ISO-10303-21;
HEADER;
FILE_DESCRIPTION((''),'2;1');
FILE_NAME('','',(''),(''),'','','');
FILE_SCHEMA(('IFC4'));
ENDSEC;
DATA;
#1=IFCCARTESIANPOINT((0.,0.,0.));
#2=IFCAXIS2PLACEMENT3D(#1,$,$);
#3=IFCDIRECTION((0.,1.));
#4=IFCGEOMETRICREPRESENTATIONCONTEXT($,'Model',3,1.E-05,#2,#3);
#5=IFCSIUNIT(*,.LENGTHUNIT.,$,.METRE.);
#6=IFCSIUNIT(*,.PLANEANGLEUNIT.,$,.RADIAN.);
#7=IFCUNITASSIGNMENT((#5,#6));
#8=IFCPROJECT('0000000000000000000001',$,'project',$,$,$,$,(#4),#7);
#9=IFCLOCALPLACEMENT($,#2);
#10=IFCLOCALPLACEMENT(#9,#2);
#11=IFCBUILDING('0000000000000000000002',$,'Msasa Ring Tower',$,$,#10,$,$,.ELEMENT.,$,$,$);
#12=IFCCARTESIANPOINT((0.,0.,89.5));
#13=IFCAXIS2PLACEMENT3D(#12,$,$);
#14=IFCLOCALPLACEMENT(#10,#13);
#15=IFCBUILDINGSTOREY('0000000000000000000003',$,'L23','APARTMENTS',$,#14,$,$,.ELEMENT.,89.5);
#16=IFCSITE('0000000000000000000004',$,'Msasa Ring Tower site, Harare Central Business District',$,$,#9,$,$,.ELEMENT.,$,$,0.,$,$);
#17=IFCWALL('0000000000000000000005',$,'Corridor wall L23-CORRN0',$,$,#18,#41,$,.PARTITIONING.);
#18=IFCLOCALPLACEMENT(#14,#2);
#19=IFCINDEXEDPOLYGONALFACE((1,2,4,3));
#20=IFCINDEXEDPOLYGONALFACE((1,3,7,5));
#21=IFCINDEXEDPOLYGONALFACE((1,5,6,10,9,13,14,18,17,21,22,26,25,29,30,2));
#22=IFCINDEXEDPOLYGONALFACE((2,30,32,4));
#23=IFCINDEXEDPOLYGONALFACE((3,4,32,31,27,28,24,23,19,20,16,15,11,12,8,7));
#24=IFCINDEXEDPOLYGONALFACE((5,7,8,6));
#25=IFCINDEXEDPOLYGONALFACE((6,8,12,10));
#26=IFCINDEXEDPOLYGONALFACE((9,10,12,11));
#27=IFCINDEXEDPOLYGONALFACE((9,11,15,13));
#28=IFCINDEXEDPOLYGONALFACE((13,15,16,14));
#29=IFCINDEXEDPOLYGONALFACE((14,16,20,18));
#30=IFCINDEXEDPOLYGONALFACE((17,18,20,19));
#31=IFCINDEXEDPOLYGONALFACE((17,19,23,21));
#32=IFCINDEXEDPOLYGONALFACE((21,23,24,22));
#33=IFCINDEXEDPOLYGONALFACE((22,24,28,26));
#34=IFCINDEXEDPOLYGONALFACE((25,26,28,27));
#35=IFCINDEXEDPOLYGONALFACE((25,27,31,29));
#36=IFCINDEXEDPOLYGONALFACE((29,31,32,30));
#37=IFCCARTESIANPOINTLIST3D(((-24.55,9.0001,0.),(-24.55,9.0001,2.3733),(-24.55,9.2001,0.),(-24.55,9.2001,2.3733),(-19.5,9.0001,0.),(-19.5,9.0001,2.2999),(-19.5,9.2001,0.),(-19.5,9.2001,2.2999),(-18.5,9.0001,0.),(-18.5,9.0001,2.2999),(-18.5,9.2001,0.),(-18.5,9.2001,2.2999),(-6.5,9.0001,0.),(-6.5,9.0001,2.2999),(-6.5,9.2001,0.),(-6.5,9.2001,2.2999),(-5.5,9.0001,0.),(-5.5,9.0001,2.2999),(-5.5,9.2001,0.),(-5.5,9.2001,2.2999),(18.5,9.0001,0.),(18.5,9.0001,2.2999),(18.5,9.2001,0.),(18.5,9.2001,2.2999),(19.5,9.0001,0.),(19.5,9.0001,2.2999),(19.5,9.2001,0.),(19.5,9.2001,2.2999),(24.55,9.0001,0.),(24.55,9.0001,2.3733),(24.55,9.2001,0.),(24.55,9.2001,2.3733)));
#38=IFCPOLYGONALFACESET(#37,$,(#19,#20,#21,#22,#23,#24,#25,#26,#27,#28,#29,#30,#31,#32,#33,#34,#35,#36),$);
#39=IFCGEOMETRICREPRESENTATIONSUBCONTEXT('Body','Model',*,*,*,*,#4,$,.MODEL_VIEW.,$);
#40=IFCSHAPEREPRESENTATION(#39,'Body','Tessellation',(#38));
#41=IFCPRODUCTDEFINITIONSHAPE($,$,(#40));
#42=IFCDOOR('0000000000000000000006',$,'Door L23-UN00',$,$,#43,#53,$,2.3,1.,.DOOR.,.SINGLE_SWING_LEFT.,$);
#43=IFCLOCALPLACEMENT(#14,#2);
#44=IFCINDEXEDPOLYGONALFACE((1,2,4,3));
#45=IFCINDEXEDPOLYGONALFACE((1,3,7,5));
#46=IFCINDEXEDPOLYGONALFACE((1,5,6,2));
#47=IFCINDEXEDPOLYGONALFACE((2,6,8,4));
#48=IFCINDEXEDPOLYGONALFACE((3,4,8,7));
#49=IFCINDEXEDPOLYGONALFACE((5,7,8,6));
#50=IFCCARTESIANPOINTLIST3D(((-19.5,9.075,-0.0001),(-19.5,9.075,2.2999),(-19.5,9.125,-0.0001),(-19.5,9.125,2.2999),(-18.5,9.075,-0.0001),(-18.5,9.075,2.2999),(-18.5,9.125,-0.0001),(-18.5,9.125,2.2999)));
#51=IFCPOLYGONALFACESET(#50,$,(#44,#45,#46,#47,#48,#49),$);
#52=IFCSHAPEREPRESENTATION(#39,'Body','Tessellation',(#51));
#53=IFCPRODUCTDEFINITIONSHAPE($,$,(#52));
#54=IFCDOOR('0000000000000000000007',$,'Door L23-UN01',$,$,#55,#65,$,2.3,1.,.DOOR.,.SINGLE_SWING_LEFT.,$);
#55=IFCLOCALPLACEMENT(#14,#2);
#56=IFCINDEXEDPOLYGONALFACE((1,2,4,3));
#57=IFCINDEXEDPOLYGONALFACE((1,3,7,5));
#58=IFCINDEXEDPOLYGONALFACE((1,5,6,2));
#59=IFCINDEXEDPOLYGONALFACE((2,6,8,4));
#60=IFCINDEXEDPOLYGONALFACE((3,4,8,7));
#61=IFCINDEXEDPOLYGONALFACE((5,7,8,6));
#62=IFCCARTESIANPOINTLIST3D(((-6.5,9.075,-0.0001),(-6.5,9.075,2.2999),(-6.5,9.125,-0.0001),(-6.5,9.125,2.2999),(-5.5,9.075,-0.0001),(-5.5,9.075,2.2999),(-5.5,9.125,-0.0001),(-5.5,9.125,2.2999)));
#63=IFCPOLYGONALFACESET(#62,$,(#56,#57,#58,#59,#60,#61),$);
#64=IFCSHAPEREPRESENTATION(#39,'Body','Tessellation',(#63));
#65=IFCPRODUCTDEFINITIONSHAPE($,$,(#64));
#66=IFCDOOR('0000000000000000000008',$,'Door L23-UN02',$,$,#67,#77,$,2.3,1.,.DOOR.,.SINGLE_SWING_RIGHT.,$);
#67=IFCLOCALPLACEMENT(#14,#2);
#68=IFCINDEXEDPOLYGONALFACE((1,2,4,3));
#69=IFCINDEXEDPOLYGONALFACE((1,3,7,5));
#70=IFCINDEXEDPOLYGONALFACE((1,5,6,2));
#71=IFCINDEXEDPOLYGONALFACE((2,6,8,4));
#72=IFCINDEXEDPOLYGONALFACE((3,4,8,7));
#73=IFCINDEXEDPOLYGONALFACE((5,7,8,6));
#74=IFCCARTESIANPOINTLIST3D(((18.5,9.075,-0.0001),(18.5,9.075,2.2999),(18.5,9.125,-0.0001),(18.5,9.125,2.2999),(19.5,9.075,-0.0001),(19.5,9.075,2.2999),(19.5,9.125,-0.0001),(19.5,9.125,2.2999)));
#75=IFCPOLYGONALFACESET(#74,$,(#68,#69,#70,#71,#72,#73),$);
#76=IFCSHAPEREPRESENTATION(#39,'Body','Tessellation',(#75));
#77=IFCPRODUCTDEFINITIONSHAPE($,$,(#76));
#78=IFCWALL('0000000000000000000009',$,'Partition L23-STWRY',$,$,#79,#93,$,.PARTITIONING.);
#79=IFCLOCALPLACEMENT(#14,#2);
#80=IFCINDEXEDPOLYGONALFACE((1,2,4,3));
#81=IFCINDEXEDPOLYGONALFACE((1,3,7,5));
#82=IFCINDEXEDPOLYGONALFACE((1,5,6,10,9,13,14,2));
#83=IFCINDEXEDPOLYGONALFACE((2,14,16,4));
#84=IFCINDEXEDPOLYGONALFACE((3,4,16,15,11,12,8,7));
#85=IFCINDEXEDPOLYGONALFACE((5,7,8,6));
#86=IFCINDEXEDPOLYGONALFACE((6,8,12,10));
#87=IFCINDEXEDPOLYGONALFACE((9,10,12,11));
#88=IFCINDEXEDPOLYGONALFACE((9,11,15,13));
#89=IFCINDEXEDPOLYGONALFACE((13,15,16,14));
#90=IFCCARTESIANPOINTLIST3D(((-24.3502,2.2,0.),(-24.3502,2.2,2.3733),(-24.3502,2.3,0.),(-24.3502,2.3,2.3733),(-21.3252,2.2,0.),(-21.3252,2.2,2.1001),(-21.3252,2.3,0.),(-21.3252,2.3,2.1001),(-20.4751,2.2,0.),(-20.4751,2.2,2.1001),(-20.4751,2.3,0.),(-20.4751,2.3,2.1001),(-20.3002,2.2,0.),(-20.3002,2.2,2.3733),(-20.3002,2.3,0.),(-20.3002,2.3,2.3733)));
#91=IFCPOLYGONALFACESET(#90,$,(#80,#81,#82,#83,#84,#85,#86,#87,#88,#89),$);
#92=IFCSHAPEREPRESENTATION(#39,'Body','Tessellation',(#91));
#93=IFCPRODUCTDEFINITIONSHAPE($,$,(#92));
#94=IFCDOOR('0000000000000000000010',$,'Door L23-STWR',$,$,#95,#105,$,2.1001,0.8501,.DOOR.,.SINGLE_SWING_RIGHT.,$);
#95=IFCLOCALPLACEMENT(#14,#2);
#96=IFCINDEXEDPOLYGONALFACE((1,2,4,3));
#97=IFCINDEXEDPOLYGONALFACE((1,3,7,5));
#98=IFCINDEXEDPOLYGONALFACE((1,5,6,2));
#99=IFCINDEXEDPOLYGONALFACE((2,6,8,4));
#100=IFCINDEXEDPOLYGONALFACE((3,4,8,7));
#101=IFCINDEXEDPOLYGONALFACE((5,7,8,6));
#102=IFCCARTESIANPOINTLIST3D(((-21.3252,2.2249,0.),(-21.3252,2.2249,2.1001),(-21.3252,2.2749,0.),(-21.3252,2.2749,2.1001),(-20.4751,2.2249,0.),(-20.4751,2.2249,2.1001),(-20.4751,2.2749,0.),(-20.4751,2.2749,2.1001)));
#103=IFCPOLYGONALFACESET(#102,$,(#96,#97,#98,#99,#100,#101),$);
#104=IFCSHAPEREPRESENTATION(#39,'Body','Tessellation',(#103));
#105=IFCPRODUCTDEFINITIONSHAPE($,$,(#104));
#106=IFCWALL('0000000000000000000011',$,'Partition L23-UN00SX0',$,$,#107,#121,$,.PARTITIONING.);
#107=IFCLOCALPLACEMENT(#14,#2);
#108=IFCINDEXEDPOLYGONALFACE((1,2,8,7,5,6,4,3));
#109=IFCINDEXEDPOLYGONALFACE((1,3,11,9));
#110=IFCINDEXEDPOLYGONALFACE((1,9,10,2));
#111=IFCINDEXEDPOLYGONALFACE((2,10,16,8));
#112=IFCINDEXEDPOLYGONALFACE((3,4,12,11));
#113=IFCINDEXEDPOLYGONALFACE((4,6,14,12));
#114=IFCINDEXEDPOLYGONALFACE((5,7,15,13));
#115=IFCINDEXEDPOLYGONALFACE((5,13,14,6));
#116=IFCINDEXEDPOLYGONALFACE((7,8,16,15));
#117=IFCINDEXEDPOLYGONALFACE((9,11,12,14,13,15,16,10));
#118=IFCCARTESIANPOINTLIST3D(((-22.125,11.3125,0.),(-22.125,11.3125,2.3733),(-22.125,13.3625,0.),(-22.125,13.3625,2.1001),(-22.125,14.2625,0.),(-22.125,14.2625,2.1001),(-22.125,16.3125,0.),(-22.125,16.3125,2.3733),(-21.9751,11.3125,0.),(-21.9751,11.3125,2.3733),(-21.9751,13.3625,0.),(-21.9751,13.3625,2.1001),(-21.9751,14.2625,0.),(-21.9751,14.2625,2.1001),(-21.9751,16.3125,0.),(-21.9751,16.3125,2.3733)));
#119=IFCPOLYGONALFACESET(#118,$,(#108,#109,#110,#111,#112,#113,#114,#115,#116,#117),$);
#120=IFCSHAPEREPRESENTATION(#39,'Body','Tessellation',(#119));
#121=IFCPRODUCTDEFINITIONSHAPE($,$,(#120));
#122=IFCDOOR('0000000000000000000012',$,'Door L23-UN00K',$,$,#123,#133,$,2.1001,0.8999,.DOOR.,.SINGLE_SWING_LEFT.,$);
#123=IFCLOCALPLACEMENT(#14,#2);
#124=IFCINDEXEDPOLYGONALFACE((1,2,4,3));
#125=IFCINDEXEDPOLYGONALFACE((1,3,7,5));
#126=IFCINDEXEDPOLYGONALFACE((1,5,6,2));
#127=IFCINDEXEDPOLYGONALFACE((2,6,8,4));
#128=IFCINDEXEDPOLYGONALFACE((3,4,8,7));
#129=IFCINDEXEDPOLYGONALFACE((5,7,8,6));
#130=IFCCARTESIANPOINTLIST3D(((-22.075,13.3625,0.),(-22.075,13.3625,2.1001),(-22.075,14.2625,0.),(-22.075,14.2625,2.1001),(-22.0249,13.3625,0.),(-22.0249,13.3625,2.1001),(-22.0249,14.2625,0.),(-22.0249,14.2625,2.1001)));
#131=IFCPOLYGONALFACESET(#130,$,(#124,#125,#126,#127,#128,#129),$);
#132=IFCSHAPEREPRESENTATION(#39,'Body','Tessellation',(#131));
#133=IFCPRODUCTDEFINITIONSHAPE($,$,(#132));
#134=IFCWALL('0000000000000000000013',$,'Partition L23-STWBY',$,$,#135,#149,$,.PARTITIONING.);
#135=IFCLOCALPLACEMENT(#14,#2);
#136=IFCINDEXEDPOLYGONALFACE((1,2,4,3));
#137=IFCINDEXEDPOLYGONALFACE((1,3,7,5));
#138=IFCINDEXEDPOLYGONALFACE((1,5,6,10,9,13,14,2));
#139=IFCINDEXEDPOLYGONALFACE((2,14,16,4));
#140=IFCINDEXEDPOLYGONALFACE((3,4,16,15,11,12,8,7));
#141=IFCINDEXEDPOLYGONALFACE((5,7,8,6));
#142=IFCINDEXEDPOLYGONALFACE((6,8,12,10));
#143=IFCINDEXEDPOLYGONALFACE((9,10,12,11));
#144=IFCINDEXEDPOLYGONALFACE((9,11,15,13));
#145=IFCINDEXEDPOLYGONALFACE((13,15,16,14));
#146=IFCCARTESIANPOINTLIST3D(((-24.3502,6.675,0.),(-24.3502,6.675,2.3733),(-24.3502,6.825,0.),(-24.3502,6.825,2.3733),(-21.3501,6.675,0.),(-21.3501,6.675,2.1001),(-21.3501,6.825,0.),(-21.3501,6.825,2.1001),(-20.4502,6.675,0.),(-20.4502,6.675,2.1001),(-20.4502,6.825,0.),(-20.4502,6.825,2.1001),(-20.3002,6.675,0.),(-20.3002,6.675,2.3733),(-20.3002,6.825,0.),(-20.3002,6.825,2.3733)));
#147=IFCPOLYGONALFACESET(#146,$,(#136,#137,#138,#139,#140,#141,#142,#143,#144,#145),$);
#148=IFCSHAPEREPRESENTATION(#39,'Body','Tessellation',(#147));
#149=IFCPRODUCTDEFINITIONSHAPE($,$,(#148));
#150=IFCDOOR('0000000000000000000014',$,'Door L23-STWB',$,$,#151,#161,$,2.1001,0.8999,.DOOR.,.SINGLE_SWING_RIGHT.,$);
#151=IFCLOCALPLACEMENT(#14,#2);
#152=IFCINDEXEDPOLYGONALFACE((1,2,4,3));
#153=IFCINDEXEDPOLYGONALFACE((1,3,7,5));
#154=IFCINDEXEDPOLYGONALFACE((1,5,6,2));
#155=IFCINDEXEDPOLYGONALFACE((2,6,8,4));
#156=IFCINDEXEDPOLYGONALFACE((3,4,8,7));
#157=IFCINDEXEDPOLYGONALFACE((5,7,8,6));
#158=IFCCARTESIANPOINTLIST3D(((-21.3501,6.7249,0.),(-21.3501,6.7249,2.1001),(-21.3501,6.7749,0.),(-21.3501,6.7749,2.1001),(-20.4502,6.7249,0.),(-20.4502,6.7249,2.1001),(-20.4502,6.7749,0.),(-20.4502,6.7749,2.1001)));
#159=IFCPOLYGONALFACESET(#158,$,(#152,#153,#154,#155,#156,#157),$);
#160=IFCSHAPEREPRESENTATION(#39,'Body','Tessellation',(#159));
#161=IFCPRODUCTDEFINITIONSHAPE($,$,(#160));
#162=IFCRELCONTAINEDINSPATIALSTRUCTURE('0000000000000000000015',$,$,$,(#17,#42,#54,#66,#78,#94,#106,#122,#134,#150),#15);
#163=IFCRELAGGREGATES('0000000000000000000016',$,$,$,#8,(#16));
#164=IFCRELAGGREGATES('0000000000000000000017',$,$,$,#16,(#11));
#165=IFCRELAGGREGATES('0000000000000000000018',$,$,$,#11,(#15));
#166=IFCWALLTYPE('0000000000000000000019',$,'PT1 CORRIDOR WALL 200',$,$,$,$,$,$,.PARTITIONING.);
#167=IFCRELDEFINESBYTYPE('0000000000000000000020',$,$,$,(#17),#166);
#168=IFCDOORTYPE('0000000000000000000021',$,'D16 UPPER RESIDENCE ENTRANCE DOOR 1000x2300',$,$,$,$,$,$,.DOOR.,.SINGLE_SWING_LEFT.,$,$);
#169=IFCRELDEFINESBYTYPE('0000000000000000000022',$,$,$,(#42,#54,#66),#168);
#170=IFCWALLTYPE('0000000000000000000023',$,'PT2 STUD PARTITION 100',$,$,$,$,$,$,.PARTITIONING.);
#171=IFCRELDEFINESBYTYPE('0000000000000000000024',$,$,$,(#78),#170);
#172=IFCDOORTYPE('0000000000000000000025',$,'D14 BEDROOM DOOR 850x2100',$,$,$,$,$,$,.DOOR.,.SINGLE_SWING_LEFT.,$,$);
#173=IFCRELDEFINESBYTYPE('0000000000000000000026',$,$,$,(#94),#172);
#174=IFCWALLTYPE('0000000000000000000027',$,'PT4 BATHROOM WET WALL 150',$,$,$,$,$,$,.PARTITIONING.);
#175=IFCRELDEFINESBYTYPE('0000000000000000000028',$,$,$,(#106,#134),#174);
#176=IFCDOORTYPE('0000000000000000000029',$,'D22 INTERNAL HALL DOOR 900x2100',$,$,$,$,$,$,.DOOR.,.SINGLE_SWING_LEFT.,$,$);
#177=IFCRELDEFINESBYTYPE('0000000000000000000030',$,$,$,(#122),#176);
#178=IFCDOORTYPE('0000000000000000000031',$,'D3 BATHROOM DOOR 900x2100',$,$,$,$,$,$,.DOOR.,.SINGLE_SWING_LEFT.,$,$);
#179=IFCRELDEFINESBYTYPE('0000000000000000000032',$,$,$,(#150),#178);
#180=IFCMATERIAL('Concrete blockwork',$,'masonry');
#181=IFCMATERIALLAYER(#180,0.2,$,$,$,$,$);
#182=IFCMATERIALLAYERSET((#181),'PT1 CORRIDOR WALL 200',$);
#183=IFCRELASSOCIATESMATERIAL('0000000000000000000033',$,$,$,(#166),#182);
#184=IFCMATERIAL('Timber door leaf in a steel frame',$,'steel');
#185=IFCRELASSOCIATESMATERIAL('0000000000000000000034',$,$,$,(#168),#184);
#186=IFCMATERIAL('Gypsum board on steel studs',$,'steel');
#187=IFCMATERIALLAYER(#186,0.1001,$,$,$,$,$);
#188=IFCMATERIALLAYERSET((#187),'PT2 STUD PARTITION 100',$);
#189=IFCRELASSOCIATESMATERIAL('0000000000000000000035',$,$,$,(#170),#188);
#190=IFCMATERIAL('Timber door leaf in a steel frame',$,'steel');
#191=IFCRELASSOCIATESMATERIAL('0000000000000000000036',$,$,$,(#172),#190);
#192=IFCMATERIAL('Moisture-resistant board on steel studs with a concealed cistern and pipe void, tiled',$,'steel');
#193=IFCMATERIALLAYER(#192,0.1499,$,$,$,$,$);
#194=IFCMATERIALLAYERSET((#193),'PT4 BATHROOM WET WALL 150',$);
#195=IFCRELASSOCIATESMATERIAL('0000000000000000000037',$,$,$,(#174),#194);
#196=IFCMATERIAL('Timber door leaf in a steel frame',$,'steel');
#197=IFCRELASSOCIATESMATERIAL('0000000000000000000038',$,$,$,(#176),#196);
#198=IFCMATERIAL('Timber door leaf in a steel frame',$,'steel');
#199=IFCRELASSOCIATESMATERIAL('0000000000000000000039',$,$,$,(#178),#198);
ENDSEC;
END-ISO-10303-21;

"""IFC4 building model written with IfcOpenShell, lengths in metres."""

from ifc_helpers import new_model, si_unit, direction, frame, frame_2d, origin, place, context, subcontext, project, spatial, rectangle, extrude, material, layer, layer_set, type_object, element, fill, save


model = new_model("IFC4")

# Units and contexts
model_context = context("Model", 3, precision=1e-05, world=origin(), true_north=direction((0.0, 1.0)))
body_context = subcontext(model_context, "Body", "Model", "MODEL_VIEW")
ifc_project = project(units=[si_unit("LENGTHUNIT", "METRE"), si_unit("PLANEANGLEUNIT", "RADIAN")], contexts=[model_context])

# Site, building, storey
site_placement = place(None, origin())
site = spatial("IfcSite", under=ifc_project, at=site_placement, Name="Msasa Ring Tower site, Harare Central Business District", CompositionType="ELEMENT", RefElevation=0.0)
building_placement = place(site_placement, origin())
building = spatial("IfcBuilding", under=site, at=building_placement, Name="Msasa Ring Tower", CompositionType="ELEMENT")
storey_placement = place(building_placement, frame((0.0, 0.0, 89.5)))
storey = spatial("IfcBuildingStorey", under=building, at=storey_placement, Name="L23", Description="APARTMENTS", CompositionType="ELEMENT", Elevation=89.5)

# Wall, openings, doors
ifc_material_1 = material(Name="Concrete blockwork", Category="masonry")
ifc_layer_1 = layer(ifc_material_1, 0.2)
ifc_layer_set_1 = layer_set([ifc_layer_1], Name="PT1 CORRIDOR WALL 200")
wall_type_1 = type_object("IfcWallType", Name="PT1 CORRIDOR WALL 200", PredefinedType="PARTITIONING", material=ifc_layer_set_1)
wall_1_placement = place(storey_placement, frame((-24.55, 9.1001, 0.0), z_axis=(0.0, 0.0, 1.0), x_axis=(1.0, 0.0, 0.0)))
wall_1 = element("IfcWall", 1, at=wall_1_placement, inside=storey, type_object=wall_type_1, Name="Corridor wall L23-CORRN0", PredefinedType="PARTITIONING", context=body_context, shape_type="SweptSolid", body=[
    extrude(rectangle(XDim=49.1001, YDim=0.2, at=frame_2d((24.55, 0.0))), origin(), (0.0, 0.0, 1.0), 2.3733),
])
opening_1_placement = place(wall_1_placement, frame((5.05, 0.0, 0.0)))
opening_1 = element("IfcOpeningElement", 2, at=opening_1_placement, cuts=wall_1, PredefinedType="OPENING", context=body_context, shape_type="SweptSolid", body=[
    extrude(rectangle(XDim=1.0, YDim=2.3, at=frame_2d((0.5, 1.1499))), frame((0.0, 0.1099, 0.0), z_axis=(0.0, -1.0, 0.0), x_axis=(1.0, 0.0, 0.0)), (0.0, 0.0, 1.0), 0.22),
])
opening_2_placement = place(wall_1_placement, frame((18.05, 0.0, 0.0)))
opening_2 = element("IfcOpeningElement", 3, at=opening_2_placement, cuts=wall_1, PredefinedType="OPENING", context=body_context, shape_type="SweptSolid", body=[
    extrude(rectangle(XDim=1.0, YDim=2.3, at=frame_2d((0.5, 1.1499))), frame((0.0, 0.1099, 0.0), z_axis=(0.0, -1.0, 0.0), x_axis=(1.0, 0.0, 0.0)), (0.0, 0.0, 1.0), 0.22),
])
opening_3_placement = place(wall_1_placement, frame((43.05, 0.0, 0.0)))
opening_3 = element("IfcOpeningElement", 4, at=opening_3_placement, cuts=wall_1, PredefinedType="OPENING", context=body_context, shape_type="SweptSolid", body=[
    extrude(rectangle(XDim=1.0, YDim=2.3, at=frame_2d((0.5, 1.1499))), frame((0.0, 0.1099, 0.0), z_axis=(0.0, -1.0, 0.0), x_axis=(1.0, 0.0, 0.0)), (0.0, 0.0, 1.0), 0.22),
])
ifc_material_2 = material(Name="Timber door leaf in a steel frame", Category="steel")
door_type_1 = type_object("IfcDoorType", Name="D16 UPPER RESIDENCE ENTRANCE DOOR 1000x2300", OperationType="SINGLE_SWING_LEFT", PredefinedType="DOOR", material=ifc_material_2)
door_1_placement = place(opening_1_placement, origin())
door_1 = element("IfcDoor", 5, at=door_1_placement, inside=storey, type_object=door_type_1, Name="Door L23-UN00", OperationType="SINGLE_SWING_LEFT", OverallHeight=2.3, OverallWidth=1.0, PredefinedType="DOOR", context=body_context, shape_type="SweptSolid", body=[
    extrude(rectangle(XDim=1.0, YDim=2.3, at=frame_2d((0.5, 1.1499))), frame((0.0, 0.0249, 0.0), z_axis=(0.0, -1.0, 0.0), x_axis=(1.0, 0.0, 0.0)), (0.0, 0.0, 1.0), 0.05),
])
fill(opening_1, door_1)
door_2_placement = place(opening_2_placement, origin())
door_2 = element("IfcDoor", 6, at=door_2_placement, inside=storey, type_object=door_type_1, Name="Door L23-UN01", OperationType="SINGLE_SWING_LEFT", OverallHeight=2.3, OverallWidth=1.0, PredefinedType="DOOR", context=body_context, shape_type="SweptSolid", body=[
    extrude(rectangle(XDim=1.0, YDim=2.3, at=frame_2d((0.5, 1.1499))), frame((0.0, 0.0249, 0.0), z_axis=(0.0, -1.0, 0.0), x_axis=(1.0, 0.0, 0.0)), (0.0, 0.0, 1.0), 0.05),
])
fill(opening_2, door_2)
door_3_placement = place(opening_3_placement, origin())
door_3 = element("IfcDoor", 7, at=door_3_placement, inside=storey, type_object=door_type_1, Name="Door L23-UN02", OperationType="SINGLE_SWING_RIGHT", OverallHeight=2.3, OverallWidth=1.0, PredefinedType="DOOR", context=body_context, shape_type="SweptSolid", body=[
    extrude(rectangle(XDim=1.0, YDim=2.3, at=frame_2d((0.5, 1.1499))), frame((0.0, 0.0249, 0.0), z_axis=(0.0, -1.0, 0.0), x_axis=(1.0, 0.0, 0.0)), (0.0, 0.0, 1.0), 0.05),
])
fill(opening_3, door_3)

# Walls, openings, doors
ifc_material_3 = material(Name="Gypsum board on steel studs", Category="steel")
ifc_layer_2 = layer(ifc_material_3, 0.1001)
ifc_layer_set_2 = layer_set([ifc_layer_2], Name="PT2 STUD PARTITION 100")
wall_type_2 = type_object("IfcWallType", Name="PT2 STUD PARTITION 100", PredefinedType="PARTITIONING", material=ifc_layer_set_2)
wall_2_placement = place(storey_placement, frame((-24.3501, 2.25, 0.0), z_axis=(0.0, 0.0, 1.0), x_axis=(1.0, 0.0, 0.0)))
wall_2 = element("IfcWall", 8, at=wall_2_placement, inside=storey, type_object=wall_type_2, Name="Partition L23-STWRY", PredefinedType="PARTITIONING", context=body_context, shape_type="SweptSolid", body=[
    extrude(rectangle(XDim=4.05, YDim=0.1001, at=frame_2d((2.0249, 0.0))), origin(), (0.0, 0.0, 1.0), 2.3733),
])
opening_4_placement = place(wall_2_placement, frame((3.0249, 0.0, 0.0)))
opening_4 = element("IfcOpeningElement", 9, at=opening_4_placement, cuts=wall_2, PredefinedType="OPENING", context=body_context, shape_type="SweptSolid", body=[
    extrude(rectangle(XDim=0.8501, YDim=2.1001, at=frame_2d((0.425, 1.05))), frame((0.0, 0.0601, 0.0), z_axis=(0.0, -1.0, 0.0), x_axis=(1.0, 0.0, 0.0)), (0.0, 0.0, 1.0), 0.1201),
])
ifc_material_4 = material(Name="Timber door leaf in a steel frame", Category="steel")
door_type_2 = type_object("IfcDoorType", Name="D14 BEDROOM DOOR 850x2100", OperationType="SINGLE_SWING_LEFT", PredefinedType="DOOR", material=ifc_material_4)
door_4_placement = place(opening_4_placement, origin())
door_4 = element("IfcDoor", 10, at=door_4_placement, inside=storey, type_object=door_type_2, Name="Door L23-STWR", OperationType="SINGLE_SWING_RIGHT", OverallHeight=2.1001, OverallWidth=0.8501, PredefinedType="DOOR", context=body_context, shape_type="SweptSolid", body=[
    extrude(rectangle(XDim=0.8501, YDim=2.1001, at=frame_2d((0.425, 1.05))), frame((0.0, 0.0249, 0.0), z_axis=(0.0, -1.0, 0.0), x_axis=(1.0, 0.0, 0.0)), (0.0, 0.0, 1.0), 0.05),
])
fill(opening_4, door_4)
ifc_material_5 = material(Name="Moisture-resistant board on steel studs with a concealed cistern and pipe void, tiled", Category="steel")
ifc_layer_3 = layer(ifc_material_5, 0.1499)
ifc_layer_set_3 = layer_set([ifc_layer_3], Name="PT4 BATHROOM WET WALL 150")
wall_type_3 = type_object("IfcWallType", Name="PT4 BATHROOM WET WALL 150", PredefinedType="PARTITIONING", material=ifc_layer_set_3)
wall_3_placement = place(storey_placement, frame((-22.05, 11.3125, 0.0), z_axis=(0.0, 0.0, 1.0), x_axis=(0.0, 1.0, 0.0)))
wall_3 = element("IfcWall", 11, at=wall_3_placement, inside=storey, type_object=wall_type_3, Name="Partition L23-UN00SX0", PredefinedType="PARTITIONING", context=body_context, shape_type="SweptSolid", body=[
    extrude(rectangle(XDim=5.0, YDim=0.1499, at=frame_2d((2.5, 0.0))), origin(), (0.0, 0.0, 1.0), 2.3733),
])
opening_5_placement = place(wall_3_placement, frame((2.05, 0.0, 0.0)))
opening_5 = element("IfcOpeningElement", 12, at=opening_5_placement, cuts=wall_3, PredefinedType="OPENING", context=body_context, shape_type="SweptSolid", body=[
    extrude(rectangle(XDim=0.8999, YDim=2.1001, at=frame_2d((0.45, 1.05))), frame((0.0, 0.085, 0.0), z_axis=(0.0, -1.0, 0.0), x_axis=(1.0, 0.0, 0.0)), (0.0, 0.0, 1.0), 0.1699),
])
ifc_material_6 = material(Name="Timber door leaf in a steel frame", Category="steel")
door_type_3 = type_object("IfcDoorType", Name="D22 INTERNAL HALL DOOR 900x2100", OperationType="SINGLE_SWING_LEFT", PredefinedType="DOOR", material=ifc_material_6)
door_5_placement = place(opening_5_placement, origin())
door_5 = element("IfcDoor", 13, at=door_5_placement, inside=storey, type_object=door_type_3, Name="Door L23-UN00K", OperationType="SINGLE_SWING_LEFT", OverallHeight=2.1001, OverallWidth=0.8999, PredefinedType="DOOR", context=body_context, shape_type="SweptSolid", body=[
    extrude(rectangle(XDim=0.8999, YDim=2.1001, at=frame_2d((0.45, 1.05))), frame((0.0, 0.0249, 0.0), z_axis=(0.0, -1.0, 0.0), x_axis=(1.0, 0.0, 0.0)), (0.0, 0.0, 1.0), 0.05),
])
fill(opening_5, door_5)
wall_4_placement = place(storey_placement, frame((-24.3501, 6.75, 0.0), z_axis=(0.0, 0.0, 1.0), x_axis=(1.0, 0.0, 0.0)))
wall_4 = element("IfcWall", 14, at=wall_4_placement, inside=storey, type_object=wall_type_3, Name="Partition L23-STWBY", PredefinedType="PARTITIONING", context=body_context, shape_type="SweptSolid", body=[
    extrude(rectangle(XDim=4.05, YDim=0.1499, at=frame_2d((2.0249, 0.0))), origin(), (0.0, 0.0, 1.0), 2.3733),
])
opening_6_placement = place(wall_4_placement, frame((3.0, 0.0, 0.0)))
opening_6 = element("IfcOpeningElement", 15, at=opening_6_placement, cuts=wall_4, PredefinedType="OPENING", context=body_context, shape_type="SweptSolid", body=[
    extrude(rectangle(XDim=0.8999, YDim=2.1001, at=frame_2d((0.45, 1.05))), frame((0.0, 0.085, 0.0), z_axis=(0.0, -1.0, 0.0), x_axis=(1.0, 0.0, 0.0)), (0.0, 0.0, 1.0), 0.1699),
])
ifc_material_7 = material(Name="Timber door leaf in a steel frame", Category="steel")
door_type_4 = type_object("IfcDoorType", Name="D3 BATHROOM DOOR 900x2100", OperationType="SINGLE_SWING_LEFT", PredefinedType="DOOR", material=ifc_material_7)
door_6_placement = place(opening_6_placement, origin())
door_6 = element("IfcDoor", 16, at=door_6_placement, inside=storey, type_object=door_type_4, Name="Door L23-STWB", OperationType="SINGLE_SWING_RIGHT", OverallHeight=2.1001, OverallWidth=0.8999, PredefinedType="DOOR", context=body_context, shape_type="SweptSolid", body=[
    extrude(rectangle(XDim=0.8999, YDim=2.1001, at=frame_2d((0.45, 1.05))), frame((0.0, 0.0249, 0.0), z_axis=(0.0, -1.0, 0.0), x_axis=(1.0, 0.0, 0.0)), (0.0, 0.0, 1.0), 0.05),
])
fill(opening_6, door_6)

save(model, "model.ifc")
